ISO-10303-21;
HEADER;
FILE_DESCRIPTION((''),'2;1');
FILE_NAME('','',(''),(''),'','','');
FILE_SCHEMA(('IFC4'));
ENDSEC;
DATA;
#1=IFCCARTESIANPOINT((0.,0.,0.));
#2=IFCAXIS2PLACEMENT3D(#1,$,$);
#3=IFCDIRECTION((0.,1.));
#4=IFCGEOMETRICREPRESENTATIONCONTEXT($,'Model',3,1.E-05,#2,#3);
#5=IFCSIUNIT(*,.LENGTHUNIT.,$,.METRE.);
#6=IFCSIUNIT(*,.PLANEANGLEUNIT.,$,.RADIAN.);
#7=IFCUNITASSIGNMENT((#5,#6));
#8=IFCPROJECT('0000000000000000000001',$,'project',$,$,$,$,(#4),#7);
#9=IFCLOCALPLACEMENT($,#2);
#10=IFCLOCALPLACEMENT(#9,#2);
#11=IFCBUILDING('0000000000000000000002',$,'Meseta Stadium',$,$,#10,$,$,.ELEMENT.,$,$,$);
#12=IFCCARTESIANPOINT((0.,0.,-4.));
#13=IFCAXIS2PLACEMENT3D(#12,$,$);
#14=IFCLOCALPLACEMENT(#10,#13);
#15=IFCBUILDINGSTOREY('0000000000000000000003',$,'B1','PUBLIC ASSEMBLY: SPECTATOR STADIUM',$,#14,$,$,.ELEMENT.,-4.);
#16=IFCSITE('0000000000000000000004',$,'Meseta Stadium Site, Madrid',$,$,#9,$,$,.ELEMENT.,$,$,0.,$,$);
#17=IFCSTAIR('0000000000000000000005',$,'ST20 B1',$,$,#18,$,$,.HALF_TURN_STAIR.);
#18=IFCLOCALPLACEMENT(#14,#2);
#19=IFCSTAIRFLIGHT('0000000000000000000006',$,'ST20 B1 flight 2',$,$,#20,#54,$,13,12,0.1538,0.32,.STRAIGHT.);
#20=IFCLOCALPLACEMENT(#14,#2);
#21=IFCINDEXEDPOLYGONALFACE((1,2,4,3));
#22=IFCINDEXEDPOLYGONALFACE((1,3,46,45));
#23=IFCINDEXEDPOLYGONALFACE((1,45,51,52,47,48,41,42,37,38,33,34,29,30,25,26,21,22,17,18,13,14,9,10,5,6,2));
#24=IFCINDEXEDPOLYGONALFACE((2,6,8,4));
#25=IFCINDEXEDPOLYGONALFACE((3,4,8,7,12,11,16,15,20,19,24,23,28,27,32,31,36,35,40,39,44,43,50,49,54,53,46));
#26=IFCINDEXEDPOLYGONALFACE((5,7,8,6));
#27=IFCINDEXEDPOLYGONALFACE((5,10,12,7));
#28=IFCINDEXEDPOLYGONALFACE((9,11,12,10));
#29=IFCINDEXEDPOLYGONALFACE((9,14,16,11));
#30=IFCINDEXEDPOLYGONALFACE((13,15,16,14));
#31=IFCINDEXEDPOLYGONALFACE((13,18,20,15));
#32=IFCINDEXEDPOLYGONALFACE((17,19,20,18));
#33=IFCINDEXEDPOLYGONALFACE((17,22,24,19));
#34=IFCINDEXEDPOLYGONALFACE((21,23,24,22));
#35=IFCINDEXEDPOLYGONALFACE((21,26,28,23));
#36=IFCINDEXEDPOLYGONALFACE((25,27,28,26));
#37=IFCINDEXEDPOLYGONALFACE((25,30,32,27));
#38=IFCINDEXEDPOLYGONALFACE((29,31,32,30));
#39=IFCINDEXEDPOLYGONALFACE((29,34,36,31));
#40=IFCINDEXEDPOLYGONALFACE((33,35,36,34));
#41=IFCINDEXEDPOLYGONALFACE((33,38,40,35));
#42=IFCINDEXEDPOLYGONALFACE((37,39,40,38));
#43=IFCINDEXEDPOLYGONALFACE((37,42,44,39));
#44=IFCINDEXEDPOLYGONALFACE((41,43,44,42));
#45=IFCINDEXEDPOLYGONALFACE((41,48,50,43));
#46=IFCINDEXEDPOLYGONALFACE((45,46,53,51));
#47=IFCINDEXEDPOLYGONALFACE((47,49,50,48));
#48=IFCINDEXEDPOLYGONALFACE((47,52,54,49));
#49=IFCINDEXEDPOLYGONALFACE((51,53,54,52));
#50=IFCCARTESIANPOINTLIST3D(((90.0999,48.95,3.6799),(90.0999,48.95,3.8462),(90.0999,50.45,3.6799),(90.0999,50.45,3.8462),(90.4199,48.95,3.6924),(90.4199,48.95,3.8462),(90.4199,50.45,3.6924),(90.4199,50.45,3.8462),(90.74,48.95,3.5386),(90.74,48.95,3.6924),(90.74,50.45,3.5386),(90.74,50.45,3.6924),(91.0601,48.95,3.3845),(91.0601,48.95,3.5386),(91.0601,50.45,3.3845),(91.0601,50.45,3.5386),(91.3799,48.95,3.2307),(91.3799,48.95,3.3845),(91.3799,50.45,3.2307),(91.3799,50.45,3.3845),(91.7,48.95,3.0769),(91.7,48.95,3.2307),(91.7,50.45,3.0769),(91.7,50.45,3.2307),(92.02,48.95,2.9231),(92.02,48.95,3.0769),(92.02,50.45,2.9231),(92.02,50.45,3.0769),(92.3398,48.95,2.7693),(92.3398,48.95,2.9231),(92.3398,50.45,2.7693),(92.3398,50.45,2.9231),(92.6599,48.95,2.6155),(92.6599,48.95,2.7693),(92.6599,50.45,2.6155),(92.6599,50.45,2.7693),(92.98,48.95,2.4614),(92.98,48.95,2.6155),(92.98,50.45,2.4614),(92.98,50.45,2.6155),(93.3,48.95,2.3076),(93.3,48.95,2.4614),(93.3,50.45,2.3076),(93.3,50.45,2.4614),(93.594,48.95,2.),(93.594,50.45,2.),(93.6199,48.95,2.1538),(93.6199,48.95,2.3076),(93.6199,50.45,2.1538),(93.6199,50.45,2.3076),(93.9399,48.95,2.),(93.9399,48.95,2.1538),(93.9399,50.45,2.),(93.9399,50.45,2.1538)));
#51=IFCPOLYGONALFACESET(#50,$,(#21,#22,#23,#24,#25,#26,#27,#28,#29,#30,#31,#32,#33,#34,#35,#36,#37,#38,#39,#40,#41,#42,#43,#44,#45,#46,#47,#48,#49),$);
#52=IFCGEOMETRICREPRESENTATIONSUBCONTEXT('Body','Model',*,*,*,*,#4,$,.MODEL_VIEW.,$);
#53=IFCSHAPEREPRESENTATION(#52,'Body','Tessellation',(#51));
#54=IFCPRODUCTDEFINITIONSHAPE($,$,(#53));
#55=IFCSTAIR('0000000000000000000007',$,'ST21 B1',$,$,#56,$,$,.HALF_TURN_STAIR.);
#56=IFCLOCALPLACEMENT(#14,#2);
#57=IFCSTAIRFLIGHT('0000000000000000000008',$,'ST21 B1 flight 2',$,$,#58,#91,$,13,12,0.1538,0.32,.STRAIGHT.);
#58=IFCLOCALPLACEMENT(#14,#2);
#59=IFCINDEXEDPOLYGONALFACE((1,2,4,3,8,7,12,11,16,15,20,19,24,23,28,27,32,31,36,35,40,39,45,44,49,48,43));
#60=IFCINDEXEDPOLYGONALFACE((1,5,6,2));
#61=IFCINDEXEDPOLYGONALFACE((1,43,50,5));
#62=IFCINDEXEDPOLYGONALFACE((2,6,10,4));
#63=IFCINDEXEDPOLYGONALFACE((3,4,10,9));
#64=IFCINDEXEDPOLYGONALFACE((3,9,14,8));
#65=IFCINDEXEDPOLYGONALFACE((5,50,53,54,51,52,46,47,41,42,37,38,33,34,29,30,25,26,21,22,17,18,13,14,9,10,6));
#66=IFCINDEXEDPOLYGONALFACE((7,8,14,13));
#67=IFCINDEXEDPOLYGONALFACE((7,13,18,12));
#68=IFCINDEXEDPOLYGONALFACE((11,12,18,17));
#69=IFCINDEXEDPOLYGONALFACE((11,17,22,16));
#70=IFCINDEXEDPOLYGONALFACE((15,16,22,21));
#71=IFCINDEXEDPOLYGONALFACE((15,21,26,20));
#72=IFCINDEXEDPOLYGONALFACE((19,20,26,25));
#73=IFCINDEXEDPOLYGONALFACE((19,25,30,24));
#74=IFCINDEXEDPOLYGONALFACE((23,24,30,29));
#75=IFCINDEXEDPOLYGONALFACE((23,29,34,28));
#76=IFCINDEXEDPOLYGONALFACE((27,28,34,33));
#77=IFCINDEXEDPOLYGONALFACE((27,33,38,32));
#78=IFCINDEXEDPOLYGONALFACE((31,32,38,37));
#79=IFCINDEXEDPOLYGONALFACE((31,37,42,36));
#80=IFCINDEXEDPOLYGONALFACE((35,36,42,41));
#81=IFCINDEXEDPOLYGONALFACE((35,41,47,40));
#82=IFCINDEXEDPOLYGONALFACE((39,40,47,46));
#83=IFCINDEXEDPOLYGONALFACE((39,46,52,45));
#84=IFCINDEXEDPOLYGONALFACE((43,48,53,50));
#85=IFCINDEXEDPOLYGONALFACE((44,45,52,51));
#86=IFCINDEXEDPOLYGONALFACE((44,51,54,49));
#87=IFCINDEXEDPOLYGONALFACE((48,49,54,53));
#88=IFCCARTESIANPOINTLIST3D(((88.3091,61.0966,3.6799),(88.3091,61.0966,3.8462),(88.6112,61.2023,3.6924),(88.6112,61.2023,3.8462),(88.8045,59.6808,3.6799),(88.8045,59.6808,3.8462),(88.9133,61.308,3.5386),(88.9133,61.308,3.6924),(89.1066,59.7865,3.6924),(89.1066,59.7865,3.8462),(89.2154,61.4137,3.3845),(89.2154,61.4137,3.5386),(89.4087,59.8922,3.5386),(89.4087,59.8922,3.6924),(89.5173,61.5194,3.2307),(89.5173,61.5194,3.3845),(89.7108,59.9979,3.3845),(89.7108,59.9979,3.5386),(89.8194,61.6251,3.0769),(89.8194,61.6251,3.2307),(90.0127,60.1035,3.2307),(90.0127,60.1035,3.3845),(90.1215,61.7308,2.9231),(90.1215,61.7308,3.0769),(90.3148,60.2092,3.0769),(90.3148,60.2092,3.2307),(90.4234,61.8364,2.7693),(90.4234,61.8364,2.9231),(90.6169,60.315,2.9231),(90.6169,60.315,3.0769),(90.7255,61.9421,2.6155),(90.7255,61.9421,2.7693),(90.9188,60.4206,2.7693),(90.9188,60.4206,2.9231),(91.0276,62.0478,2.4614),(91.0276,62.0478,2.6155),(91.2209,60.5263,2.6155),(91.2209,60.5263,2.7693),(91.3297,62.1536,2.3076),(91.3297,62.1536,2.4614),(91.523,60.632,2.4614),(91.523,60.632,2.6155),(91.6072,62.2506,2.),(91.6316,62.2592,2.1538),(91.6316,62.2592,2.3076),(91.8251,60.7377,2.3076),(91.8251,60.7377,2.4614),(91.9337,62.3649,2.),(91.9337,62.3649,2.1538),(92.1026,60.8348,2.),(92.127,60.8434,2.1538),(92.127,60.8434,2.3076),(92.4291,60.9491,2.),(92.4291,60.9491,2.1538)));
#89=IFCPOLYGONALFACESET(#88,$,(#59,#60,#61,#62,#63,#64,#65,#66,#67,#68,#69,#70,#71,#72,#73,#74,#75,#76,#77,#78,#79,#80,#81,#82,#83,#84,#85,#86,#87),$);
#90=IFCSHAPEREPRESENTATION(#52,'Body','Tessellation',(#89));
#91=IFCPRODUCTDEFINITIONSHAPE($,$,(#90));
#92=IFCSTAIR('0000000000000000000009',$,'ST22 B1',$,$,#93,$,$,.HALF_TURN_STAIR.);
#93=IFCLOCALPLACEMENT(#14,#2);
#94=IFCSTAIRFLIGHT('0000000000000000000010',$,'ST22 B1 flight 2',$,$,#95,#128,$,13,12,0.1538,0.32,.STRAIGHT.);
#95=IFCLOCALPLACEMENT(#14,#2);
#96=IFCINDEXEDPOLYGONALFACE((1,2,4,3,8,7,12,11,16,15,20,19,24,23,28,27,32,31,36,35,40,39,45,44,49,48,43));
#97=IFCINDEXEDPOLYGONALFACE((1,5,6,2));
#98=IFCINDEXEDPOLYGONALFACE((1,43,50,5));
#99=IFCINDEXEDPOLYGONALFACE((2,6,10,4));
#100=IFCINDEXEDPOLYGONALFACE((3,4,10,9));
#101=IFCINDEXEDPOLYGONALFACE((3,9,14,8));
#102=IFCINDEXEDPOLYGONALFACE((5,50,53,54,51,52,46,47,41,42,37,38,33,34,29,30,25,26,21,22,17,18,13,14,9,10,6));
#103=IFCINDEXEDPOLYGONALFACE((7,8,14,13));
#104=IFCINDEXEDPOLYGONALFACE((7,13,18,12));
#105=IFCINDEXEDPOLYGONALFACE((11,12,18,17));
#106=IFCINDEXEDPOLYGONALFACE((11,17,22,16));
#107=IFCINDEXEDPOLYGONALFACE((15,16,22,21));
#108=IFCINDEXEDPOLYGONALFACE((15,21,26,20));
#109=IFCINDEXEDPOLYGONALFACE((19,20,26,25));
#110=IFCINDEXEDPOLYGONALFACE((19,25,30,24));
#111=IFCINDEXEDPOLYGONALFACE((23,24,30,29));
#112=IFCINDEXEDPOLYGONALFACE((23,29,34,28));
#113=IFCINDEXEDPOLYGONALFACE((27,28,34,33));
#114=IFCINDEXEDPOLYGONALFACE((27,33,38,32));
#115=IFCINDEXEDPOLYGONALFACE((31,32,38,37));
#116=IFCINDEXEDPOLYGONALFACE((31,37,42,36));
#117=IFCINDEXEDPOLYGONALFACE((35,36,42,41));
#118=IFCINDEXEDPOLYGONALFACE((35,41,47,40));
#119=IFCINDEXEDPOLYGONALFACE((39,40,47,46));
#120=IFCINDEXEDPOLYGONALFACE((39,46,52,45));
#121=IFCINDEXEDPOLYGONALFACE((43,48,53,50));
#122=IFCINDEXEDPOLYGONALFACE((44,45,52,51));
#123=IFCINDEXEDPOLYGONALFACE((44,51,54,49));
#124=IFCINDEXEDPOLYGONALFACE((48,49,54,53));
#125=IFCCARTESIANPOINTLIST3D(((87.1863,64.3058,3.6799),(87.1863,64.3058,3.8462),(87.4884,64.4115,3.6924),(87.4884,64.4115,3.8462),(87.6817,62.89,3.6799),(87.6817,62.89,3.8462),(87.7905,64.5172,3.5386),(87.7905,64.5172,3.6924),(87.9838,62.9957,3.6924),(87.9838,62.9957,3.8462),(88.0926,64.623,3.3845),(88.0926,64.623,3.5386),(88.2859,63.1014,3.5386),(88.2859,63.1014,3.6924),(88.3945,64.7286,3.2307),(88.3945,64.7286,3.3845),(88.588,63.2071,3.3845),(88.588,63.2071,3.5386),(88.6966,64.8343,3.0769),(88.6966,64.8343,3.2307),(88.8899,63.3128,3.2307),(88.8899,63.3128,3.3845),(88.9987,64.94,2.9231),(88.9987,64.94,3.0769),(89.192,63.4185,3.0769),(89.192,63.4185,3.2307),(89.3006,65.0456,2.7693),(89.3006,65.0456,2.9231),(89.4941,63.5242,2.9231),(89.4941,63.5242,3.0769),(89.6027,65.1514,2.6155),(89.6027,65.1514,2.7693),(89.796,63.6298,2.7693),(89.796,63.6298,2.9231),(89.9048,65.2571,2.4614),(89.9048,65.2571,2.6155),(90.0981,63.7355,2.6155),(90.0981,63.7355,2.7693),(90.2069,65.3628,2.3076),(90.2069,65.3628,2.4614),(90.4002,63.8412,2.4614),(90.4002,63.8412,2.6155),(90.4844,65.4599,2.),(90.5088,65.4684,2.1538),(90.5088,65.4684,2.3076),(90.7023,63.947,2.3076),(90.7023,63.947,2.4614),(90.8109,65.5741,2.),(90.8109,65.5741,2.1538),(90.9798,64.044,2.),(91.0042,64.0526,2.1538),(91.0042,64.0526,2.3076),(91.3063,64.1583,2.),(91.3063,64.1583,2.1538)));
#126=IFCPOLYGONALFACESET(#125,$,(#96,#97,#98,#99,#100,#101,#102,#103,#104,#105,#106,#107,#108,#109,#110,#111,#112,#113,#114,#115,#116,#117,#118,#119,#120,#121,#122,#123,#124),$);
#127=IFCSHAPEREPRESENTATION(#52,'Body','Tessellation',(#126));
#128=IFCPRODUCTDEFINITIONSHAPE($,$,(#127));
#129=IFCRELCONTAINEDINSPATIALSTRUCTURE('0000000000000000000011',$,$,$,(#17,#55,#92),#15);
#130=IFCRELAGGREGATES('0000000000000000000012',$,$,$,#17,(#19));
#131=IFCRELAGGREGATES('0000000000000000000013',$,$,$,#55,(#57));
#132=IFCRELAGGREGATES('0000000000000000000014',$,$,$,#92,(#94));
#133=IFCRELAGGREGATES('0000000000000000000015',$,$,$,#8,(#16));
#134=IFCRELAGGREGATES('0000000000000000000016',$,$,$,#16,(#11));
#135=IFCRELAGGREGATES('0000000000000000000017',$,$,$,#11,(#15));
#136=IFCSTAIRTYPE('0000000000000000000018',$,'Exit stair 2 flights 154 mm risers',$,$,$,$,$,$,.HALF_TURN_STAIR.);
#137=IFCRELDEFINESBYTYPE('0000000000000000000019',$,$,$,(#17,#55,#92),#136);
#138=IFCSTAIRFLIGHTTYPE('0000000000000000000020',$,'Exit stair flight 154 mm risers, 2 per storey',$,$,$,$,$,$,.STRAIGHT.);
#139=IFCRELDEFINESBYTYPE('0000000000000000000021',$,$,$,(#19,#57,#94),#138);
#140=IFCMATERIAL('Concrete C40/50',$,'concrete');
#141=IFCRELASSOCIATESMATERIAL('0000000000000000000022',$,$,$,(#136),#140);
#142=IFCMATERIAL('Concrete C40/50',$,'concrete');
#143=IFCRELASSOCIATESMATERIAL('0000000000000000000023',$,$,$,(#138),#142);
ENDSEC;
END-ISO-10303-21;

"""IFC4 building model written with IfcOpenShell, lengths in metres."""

from ifc_helpers import new_model, si_unit, direction, frame, origin, place, context, subcontext, project, spatial, polyline, outline, extrude, material, type_object, element, aggregate, save


model = new_model("IFC4")

# Units and contexts
model_context = context("Model", 3, precision=1e-05, world=origin(), true_north=direction((0.0, 1.0)))
body_context = subcontext(model_context, "Body", "Model", "MODEL_VIEW")
ifc_project = project(units=[si_unit("LENGTHUNIT", "METRE"), si_unit("PLANEANGLEUNIT", "RADIAN")], contexts=[model_context])

# Site, building, storey
site_placement = place(None, origin())
site = spatial("IfcSite", under=ifc_project, at=site_placement, Name="Meseta Stadium Site, Madrid", CompositionType="ELEMENT", RefElevation=0.0)
building_placement = place(site_placement, origin())
building = spatial("IfcBuilding", under=site, at=building_placement, Name="Meseta Stadium", CompositionType="ELEMENT")
storey_placement = place(building_placement, frame((0.0, 0.0, -4.0)))
storey = spatial("IfcBuildingStorey", under=building, at=storey_placement, Name="B1", Description="PUBLIC ASSEMBLY: SPECTATOR STADIUM", CompositionType="ELEMENT", Elevation=-4.0)

# Stairs, stair flights
ifc_material_1 = material(Name="Concrete C40/50", Category="concrete")
stair_type = type_object("IfcStairType", Name="Exit stair 2 flights 154 mm risers", PredefinedType="HALF_TURN_STAIR", material=ifc_material_1)
stair_1_placement = place(storey_placement, origin())
stair_1 = element("IfcStair", 1, at=stair_1_placement, inside=storey, type_object=stair_type, Name="ST20 B1", PredefinedType="HALF_TURN_STAIR")
ifc_material_2 = material(Name="Concrete C40/50", Category="concrete")
stair_flight_type = type_object("IfcStairFlightType", Name="Exit stair flight 154 mm risers, 2 per storey", PredefinedType="STRAIGHT", material=ifc_material_2)
stair_flight_1_placement = place(storey_placement, frame((93.9399, 49.7, 2.0), z_axis=(0.0, 0.0, 1.0), x_axis=(-1.0, 0.0, 0.0)))
stair_flight_1 = element("IfcStairFlight", 2, at=stair_flight_1_placement, type_object=stair_flight_type, Name="ST20 B1 flight 2", NumberOfRisers=13, NumberOfTreads=12, PredefinedType="STRAIGHT", RiserHeight=0.1538, TreadLength=0.32, context=body_context, shape_type="SweptSolid", body=[
    extrude(outline(polyline([(0.0, 0.0), (0.0, 0.1538), (0.3201, 0.1538), (0.3201, 0.3076), (0.6399, 0.3076), (0.6399, 0.4614), (0.96, 0.4614), (0.96, 0.6155), (1.28, 0.6155), (1.28, 0.7693), (1.6001, 0.7693), (1.6001, 0.9231), (1.9199, 0.9231), (1.9199, 1.0769), (2.24, 1.0769), (2.24, 1.2307), (2.5601, 1.2307), (2.5601, 1.3845), (2.8799, 1.3845), (2.8799, 1.5386), (3.2, 1.5386), (3.2, 1.6924), (3.52, 1.6924), (3.52, 1.8462), (3.8401, 1.8462), (3.8401, 1.6799), (0.3459, 0.0), (0.0, 0.0)])), frame((0.0, 0.75, 0.0), z_axis=(0.0, -1.0, 0.0), x_axis=(1.0, 0.0, 0.0)), (0.0, 0.0, 1.0), 1.5),
])
aggregate(stair_1, [stair_flight_1])
stair_2_placement = place(storey_placement, origin())
stair_2 = element("IfcStair", 3, at=stair_2_placement, inside=storey, type_object=stair_type, Name="ST21 B1", PredefinedType="HALF_TURN_STAIR")
stair_flight_2_placement = place(storey_placement, frame((92.1814, 61.657, 2.0), z_axis=(0.0, 0.0, 1.0), x_axis=(-0.943883, -0.330279, 0.0)))
stair_flight_2 = element("IfcStairFlight", 4, at=stair_flight_2_placement, type_object=stair_flight_type, Name="ST21 B1 flight 2", NumberOfRisers=13, NumberOfTreads=12, PredefinedType="STRAIGHT", RiserHeight=0.1538, TreadLength=0.32, context=body_context, shape_type="SweptSolid", body=[
    extrude(outline(polyline([(0.0, 0.0), (0.0, 0.1538), (0.3201, 0.1538), (0.3201, 0.3076), (0.6399, 0.3076), (0.6399, 0.4614), (0.96, 0.4614), (0.96, 0.6155), (1.28, 0.6155), (1.28, 0.7693), (1.6001, 0.7693), (1.6001, 0.9231), (1.9199, 0.9231), (1.9199, 1.0769), (2.24, 1.0769), (2.24, 1.2307), (2.5601, 1.2307), (2.5601, 1.3845), (2.8799, 1.3845), (2.8799, 1.5386), (3.2, 1.5386), (3.2, 1.6924), (3.52, 1.6924), (3.52, 1.8462), (3.8401, 1.8462), (3.8401, 1.6799), (0.3459, 0.0), (0.0, 0.0)])), frame((0.0, 0.75, 0.0), z_axis=(0.0, -1.0, 0.0), x_axis=(1.0, 0.0, 0.0)), (0.0, 0.0, 1.0), 1.5),
])
aggregate(stair_2, [stair_flight_2])
stair_3_placement = place(storey_placement, origin())
stair_3 = element("IfcStair", 5, at=stair_3_placement, inside=storey, type_object=stair_type, Name="ST22 B1", PredefinedType="HALF_TURN_STAIR")
stair_flight_3_placement = place(storey_placement, frame((91.0586, 64.8662, 2.0), z_axis=(0.0, 0.0, 1.0), x_axis=(-0.943883, -0.330279, 0.0)))
stair_flight_3 = element("IfcStairFlight", 6, at=stair_flight_3_placement, type_object=stair_flight_type, Name="ST22 B1 flight 2", NumberOfRisers=13, NumberOfTreads=12, PredefinedType="STRAIGHT", RiserHeight=0.1538, TreadLength=0.32, context=body_context, shape_type="SweptSolid", body=[
    extrude(outline(polyline([(0.0, 0.0), (0.0, 0.1538), (0.3201, 0.1538), (0.3201, 0.3076), (0.6399, 0.3076), (0.6399, 0.4614), (0.96, 0.4614), (0.96, 0.6155), (1.28, 0.6155), (1.28, 0.7693), (1.6001, 0.7693), (1.6001, 0.9231), (1.9199, 0.9231), (1.9199, 1.0769), (2.24, 1.0769), (2.24, 1.2307), (2.5601, 1.2307), (2.5601, 1.3845), (2.8799, 1.3845), (2.8799, 1.5386), (3.2, 1.5386), (3.2, 1.6924), (3.52, 1.6924), (3.52, 1.8462), (3.8401, 1.8462), (3.8401, 1.6799), (0.3459, 0.0), (0.0, 0.0)])), frame((0.0, 0.75, 0.0), z_axis=(0.0, -1.0, 0.0), x_axis=(1.0, 0.0, 0.0)), (0.0, 0.0, 1.0), 1.5),
])
aggregate(stair_3, [stair_flight_3])

save(model, "model.ifc")
